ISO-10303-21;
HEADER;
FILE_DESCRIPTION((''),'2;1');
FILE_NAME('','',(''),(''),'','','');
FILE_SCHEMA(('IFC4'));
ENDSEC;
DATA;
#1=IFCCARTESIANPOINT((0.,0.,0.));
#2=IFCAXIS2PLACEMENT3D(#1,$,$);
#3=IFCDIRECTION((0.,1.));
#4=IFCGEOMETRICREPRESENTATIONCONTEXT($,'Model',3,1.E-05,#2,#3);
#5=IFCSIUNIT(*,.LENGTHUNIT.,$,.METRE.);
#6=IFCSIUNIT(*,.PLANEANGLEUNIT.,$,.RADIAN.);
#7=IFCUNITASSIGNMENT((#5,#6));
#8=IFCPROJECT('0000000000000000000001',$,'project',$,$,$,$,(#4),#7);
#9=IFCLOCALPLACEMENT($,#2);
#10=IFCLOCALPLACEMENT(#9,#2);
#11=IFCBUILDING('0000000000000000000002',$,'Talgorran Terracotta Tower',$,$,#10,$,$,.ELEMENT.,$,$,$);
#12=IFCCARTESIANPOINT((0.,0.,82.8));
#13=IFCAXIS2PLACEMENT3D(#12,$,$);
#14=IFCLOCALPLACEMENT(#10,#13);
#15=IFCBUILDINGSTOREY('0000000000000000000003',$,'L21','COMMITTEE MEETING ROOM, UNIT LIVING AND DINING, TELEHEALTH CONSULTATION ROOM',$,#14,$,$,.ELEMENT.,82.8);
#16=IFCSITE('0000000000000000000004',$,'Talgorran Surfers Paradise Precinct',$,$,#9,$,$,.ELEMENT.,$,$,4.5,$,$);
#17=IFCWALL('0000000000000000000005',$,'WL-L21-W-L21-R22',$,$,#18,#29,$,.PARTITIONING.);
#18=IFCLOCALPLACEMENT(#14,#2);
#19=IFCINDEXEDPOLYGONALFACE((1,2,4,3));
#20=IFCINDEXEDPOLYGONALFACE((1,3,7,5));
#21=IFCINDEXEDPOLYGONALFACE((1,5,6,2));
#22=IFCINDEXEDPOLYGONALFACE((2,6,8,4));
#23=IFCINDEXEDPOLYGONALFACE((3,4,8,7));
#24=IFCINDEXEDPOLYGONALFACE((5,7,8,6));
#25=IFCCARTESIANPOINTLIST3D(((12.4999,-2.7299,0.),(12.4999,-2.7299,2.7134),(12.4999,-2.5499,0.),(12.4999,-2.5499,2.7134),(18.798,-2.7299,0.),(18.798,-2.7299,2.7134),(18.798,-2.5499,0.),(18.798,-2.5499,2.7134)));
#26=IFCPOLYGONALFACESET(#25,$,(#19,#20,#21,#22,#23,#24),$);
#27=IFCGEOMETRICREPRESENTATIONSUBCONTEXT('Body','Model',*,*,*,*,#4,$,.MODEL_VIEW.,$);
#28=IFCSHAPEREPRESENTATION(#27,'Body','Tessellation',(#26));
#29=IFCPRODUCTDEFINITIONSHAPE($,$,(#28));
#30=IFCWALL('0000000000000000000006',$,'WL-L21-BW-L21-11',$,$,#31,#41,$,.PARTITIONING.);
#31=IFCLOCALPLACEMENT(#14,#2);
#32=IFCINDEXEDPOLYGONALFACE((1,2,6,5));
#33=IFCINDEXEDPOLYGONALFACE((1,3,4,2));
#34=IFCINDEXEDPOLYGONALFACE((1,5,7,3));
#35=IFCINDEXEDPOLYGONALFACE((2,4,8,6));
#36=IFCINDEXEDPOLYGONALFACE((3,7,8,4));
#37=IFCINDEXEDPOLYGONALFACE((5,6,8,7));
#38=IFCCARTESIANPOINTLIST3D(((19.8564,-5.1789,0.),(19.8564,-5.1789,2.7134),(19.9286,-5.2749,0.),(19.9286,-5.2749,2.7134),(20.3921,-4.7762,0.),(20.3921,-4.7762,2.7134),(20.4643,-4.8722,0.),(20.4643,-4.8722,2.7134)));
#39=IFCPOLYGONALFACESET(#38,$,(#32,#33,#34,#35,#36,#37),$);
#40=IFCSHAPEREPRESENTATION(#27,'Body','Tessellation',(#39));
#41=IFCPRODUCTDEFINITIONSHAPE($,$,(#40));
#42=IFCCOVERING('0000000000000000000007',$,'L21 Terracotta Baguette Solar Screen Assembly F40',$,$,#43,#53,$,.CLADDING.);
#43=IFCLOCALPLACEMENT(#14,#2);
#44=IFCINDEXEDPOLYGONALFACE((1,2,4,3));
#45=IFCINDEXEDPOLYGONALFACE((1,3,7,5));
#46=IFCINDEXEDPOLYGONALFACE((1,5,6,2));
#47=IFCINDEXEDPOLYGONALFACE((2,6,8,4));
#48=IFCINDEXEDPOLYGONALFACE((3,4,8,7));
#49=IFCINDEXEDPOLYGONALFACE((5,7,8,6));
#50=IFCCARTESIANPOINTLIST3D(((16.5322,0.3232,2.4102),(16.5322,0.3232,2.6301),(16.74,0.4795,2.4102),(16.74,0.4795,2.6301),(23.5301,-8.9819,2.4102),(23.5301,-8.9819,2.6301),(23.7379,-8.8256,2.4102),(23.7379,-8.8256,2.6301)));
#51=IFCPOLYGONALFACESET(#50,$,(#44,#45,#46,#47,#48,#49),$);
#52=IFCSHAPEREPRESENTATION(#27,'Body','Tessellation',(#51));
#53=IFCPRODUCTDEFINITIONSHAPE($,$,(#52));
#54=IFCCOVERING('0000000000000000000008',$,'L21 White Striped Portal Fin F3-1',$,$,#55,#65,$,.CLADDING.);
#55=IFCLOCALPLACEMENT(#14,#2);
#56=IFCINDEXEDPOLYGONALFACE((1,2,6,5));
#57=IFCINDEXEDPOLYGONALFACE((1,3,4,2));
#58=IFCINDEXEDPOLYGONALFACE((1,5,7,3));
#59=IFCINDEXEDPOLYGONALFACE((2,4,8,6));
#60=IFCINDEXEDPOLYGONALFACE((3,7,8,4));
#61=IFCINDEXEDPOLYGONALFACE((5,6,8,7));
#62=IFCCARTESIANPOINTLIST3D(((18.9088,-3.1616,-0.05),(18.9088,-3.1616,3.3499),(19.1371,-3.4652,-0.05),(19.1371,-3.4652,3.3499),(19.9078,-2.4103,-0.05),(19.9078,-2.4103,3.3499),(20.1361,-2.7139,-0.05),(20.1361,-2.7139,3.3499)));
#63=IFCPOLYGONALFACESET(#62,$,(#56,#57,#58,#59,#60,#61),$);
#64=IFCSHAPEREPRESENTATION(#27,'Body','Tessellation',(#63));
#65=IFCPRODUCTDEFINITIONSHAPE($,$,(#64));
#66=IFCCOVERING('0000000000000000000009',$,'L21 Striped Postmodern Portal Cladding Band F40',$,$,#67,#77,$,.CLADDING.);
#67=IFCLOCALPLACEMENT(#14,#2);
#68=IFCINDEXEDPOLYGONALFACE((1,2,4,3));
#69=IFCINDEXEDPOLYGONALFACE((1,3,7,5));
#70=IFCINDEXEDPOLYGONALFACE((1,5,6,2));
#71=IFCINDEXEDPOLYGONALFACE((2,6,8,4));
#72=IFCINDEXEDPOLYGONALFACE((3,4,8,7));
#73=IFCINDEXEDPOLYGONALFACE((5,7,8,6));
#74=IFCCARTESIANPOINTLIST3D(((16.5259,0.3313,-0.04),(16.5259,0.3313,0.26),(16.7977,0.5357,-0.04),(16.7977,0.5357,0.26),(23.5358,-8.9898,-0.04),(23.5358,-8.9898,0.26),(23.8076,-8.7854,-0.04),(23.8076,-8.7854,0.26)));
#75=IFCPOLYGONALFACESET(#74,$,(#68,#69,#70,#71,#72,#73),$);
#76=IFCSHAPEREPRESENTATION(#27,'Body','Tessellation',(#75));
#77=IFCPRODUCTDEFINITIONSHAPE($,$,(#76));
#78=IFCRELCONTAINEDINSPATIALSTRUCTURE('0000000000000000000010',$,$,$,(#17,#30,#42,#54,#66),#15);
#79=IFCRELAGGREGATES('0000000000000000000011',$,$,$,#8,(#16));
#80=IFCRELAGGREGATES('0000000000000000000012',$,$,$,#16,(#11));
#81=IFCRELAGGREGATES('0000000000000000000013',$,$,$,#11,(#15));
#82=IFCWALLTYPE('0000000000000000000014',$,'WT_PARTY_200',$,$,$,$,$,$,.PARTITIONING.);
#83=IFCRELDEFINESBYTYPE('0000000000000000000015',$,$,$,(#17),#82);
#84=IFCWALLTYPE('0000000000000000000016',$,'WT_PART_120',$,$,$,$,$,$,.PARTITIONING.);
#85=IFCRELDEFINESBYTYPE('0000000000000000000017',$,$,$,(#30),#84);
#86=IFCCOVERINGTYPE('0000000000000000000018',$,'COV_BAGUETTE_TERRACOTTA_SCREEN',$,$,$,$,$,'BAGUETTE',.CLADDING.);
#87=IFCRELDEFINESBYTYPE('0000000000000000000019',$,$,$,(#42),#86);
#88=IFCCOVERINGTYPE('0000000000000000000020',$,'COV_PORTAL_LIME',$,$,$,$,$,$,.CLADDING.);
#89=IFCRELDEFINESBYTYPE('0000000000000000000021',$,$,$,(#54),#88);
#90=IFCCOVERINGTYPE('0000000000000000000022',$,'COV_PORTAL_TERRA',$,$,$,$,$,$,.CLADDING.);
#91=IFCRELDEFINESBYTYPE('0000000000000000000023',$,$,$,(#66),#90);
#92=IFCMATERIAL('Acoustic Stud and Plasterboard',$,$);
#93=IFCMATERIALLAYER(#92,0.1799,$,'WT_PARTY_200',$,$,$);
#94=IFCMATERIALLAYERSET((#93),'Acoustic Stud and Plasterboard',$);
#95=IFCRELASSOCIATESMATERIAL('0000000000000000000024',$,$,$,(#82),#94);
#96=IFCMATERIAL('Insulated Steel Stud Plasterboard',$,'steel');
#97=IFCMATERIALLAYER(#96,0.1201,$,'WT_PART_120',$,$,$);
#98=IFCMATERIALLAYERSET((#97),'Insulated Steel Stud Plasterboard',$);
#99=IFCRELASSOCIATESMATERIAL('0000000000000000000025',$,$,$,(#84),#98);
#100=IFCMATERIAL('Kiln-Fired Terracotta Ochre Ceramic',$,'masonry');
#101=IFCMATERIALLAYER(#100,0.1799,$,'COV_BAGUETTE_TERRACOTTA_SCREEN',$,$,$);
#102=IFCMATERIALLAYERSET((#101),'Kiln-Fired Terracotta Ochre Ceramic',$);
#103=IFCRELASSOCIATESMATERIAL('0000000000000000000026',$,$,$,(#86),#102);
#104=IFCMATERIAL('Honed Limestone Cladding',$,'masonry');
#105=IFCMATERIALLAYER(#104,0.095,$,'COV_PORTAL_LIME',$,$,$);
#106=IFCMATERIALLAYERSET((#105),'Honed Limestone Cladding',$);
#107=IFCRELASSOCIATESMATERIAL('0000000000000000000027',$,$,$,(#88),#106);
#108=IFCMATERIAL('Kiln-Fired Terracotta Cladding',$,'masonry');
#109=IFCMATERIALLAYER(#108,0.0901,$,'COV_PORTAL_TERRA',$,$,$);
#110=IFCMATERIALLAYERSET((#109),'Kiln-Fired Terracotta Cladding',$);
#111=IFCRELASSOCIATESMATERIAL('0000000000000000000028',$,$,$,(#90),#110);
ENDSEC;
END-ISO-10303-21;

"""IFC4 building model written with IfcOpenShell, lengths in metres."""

from ifc_helpers import new_model, si_unit, direction, frame, frame_2d, origin, origin_2d, place, context, subcontext, project, spatial, rectangle, extrude, material, layer, layer_set, type_object, element, save


model = new_model("IFC4")

# Units and contexts
model_context = context("Model", 3, precision=1e-05, world=origin(), true_north=direction((0.0, 1.0)))
body_context = subcontext(model_context, "Body", "Model", "MODEL_VIEW")
ifc_project = project(units=[si_unit("LENGTHUNIT", "METRE"), si_unit("PLANEANGLEUNIT", "RADIAN")], contexts=[model_context])

# Site, building, storey
site_placement = place(None, origin())
site = spatial("IfcSite", under=ifc_project, at=site_placement, Name="Talgorran Surfers Paradise Precinct", CompositionType="ELEMENT", RefElevation=4.5)
building_placement = place(site_placement, origin())
building = spatial("IfcBuilding", under=site, at=building_placement, Name="Talgorran Terracotta Tower", CompositionType="ELEMENT")
storey_placement = place(building_placement, frame((0.0, 0.0, 82.8)))
storey = spatial("IfcBuildingStorey", under=building, at=storey_placement, Name="L21", Description="COMMITTEE MEETING ROOM, UNIT LIVING AND DINING, TELEHEALTH CONSULTATION ROOM", CompositionType="ELEMENT", Elevation=82.8)

# Walls
ifc_material_1 = material(Name="Acoustic Stud and Plasterboard")
ifc_layer_1 = layer(ifc_material_1, 0.1799, Name="WT_PARTY_200")
ifc_layer_set_1 = layer_set([ifc_layer_1], Name="Acoustic Stud and Plasterboard")
wall_type_1 = type_object("IfcWallType", Name="WT_PARTY_200", PredefinedType="PARTITIONING", material=ifc_layer_set_1)
wall_1_placement = place(storey_placement, frame((12.5, -2.6399, 0.0), z_axis=(0.0, 0.0, 1.0), x_axis=(1.0, 0.0, 0.0)))
element("IfcWall", 1, at=wall_1_placement, inside=storey, type_object=wall_type_1, Name="WL-L21-W-L21-R22", PredefinedType="PARTITIONING", context=body_context, shape_type="SweptSolid", body=[
    extrude(rectangle(XDim=6.2981, YDim=0.1799, at=frame_2d((3.1489, 0.0))), origin(), (0.0, 0.0, 1.0), 2.7134),
])
ifc_material_2 = material(Name="Insulated Steel Stud Plasterboard", Category="steel")
ifc_layer_2 = layer(ifc_material_2, 0.1201, Name="WT_PART_120")
ifc_layer_set_2 = layer_set([ifc_layer_2], Name="Insulated Steel Stud Plasterboard")
wall_type_2 = type_object("IfcWallType", Name="WT_PART_120", PredefinedType="PARTITIONING", material=ifc_layer_set_2)
wall_2_placement = place(storey_placement, frame((19.8926, -5.2268, 0.0), z_axis=(0.0, 0.0, 1.0), x_axis=(0.799387, 0.600816, 0.0)))
element("IfcWall", 2, at=wall_2_placement, inside=storey, type_object=wall_type_2, Name="WL-L21-BW-L21-11", PredefinedType="PARTITIONING", context=body_context, shape_type="SweptSolid", body=[
    extrude(rectangle(XDim=0.6702, YDim=0.1201, at=frame_2d((0.335, 0.0))), origin(), (0.0, 0.0, 1.0), 2.7134),
])

# Coverings
ifc_material_3 = material(Name="Kiln-Fired Terracotta Ochre Ceramic", Category="masonry")
ifc_layer_3 = layer(ifc_material_3, 0.1799, Name="COV_BAGUETTE_TERRACOTTA_SCREEN")
ifc_layer_set_3 = layer_set([ifc_layer_3], Name="Kiln-Fired Terracotta Ochre Ceramic")
covering_type_1 = type_object("IfcCoveringType", Name="COV_BAGUETTE_TERRACOTTA_SCREEN", ElementType="BAGUETTE", PredefinedType="CLADDING", material=ifc_layer_set_3)
covering_1_placement = place(storey_placement, frame((20.135, -4.2512, 2.4102), z_axis=(0.0, 0.0, 1.0), x_axis=(-0.601048, 0.799213, 0.0)))
element("IfcCovering", 3, at=covering_1_placement, inside=storey, type_object=covering_type_1, Name="L21 Terracotta Baguette Solar Screen Assembly F40", PredefinedType="CLADDING", context=body_context, shape_type="SweptSolid", body=[
    extrude(rectangle(XDim=11.6428, YDim=0.26, at=origin_2d()), origin(), (0.0, 0.0, 1.0), 0.22),
])
ifc_material_4 = material(Name="Honed Limestone Cladding", Category="masonry")
ifc_layer_4 = layer(ifc_material_4, 0.095, Name="COV_PORTAL_LIME")
ifc_layer_set_4 = layer_set([ifc_layer_4], Name="Honed Limestone Cladding")
covering_type_2 = type_object("IfcCoveringType", Name="COV_PORTAL_LIME", PredefinedType="CLADDING", material=ifc_layer_set_4)
covering_2_placement = place(storey_placement, frame((19.5225, -2.9377, -0.05), z_axis=(0.0, 0.0, 1.0), x_axis=(-0.601048, 0.799213, 0.0)))
element("IfcCovering", 4, at=covering_2_placement, inside=storey, type_object=covering_type_2, Name="L21 White Striped Portal Fin F3-1", PredefinedType="CLADDING", context=body_context, shape_type="SweptSolid", body=[
    extrude(rectangle(XDim=0.3799, YDim=1.25, at=origin_2d()), origin(), (0.0, 0.0, 1.0), 3.3999),
])
ifc_material_5 = material(Name="Kiln-Fired Terracotta Cladding", Category="masonry")
ifc_layer_5 = layer(ifc_material_5, 0.0901, Name="COV_PORTAL_TERRA")
ifc_layer_set_5 = layer_set([ifc_layer_5], Name="Kiln-Fired Terracotta Cladding")
covering_type_3 = type_object("IfcCoveringType", Name="COV_PORTAL_TERRA", PredefinedType="CLADDING", material=ifc_layer_set_5)
covering_3_placement = place(storey_placement, frame((20.1667, -4.2271, -0.04), z_axis=(0.0, 0.0, 1.0), x_axis=(-0.601048, 0.799213, 0.0)))
element("IfcCovering", 5, at=covering_3_placement, inside=storey, type_object=covering_type_3, Name="L21 Striped Postmodern Portal Cladding Band F40", PredefinedType="CLADDING", context=body_context, shape_type="SweptSolid", body=[
    extrude(rectangle(XDim=11.6628, YDim=0.3401, at=origin_2d()), origin(), (0.0, 0.0, 1.0), 0.3),
])

save(model, "model.ifc")
